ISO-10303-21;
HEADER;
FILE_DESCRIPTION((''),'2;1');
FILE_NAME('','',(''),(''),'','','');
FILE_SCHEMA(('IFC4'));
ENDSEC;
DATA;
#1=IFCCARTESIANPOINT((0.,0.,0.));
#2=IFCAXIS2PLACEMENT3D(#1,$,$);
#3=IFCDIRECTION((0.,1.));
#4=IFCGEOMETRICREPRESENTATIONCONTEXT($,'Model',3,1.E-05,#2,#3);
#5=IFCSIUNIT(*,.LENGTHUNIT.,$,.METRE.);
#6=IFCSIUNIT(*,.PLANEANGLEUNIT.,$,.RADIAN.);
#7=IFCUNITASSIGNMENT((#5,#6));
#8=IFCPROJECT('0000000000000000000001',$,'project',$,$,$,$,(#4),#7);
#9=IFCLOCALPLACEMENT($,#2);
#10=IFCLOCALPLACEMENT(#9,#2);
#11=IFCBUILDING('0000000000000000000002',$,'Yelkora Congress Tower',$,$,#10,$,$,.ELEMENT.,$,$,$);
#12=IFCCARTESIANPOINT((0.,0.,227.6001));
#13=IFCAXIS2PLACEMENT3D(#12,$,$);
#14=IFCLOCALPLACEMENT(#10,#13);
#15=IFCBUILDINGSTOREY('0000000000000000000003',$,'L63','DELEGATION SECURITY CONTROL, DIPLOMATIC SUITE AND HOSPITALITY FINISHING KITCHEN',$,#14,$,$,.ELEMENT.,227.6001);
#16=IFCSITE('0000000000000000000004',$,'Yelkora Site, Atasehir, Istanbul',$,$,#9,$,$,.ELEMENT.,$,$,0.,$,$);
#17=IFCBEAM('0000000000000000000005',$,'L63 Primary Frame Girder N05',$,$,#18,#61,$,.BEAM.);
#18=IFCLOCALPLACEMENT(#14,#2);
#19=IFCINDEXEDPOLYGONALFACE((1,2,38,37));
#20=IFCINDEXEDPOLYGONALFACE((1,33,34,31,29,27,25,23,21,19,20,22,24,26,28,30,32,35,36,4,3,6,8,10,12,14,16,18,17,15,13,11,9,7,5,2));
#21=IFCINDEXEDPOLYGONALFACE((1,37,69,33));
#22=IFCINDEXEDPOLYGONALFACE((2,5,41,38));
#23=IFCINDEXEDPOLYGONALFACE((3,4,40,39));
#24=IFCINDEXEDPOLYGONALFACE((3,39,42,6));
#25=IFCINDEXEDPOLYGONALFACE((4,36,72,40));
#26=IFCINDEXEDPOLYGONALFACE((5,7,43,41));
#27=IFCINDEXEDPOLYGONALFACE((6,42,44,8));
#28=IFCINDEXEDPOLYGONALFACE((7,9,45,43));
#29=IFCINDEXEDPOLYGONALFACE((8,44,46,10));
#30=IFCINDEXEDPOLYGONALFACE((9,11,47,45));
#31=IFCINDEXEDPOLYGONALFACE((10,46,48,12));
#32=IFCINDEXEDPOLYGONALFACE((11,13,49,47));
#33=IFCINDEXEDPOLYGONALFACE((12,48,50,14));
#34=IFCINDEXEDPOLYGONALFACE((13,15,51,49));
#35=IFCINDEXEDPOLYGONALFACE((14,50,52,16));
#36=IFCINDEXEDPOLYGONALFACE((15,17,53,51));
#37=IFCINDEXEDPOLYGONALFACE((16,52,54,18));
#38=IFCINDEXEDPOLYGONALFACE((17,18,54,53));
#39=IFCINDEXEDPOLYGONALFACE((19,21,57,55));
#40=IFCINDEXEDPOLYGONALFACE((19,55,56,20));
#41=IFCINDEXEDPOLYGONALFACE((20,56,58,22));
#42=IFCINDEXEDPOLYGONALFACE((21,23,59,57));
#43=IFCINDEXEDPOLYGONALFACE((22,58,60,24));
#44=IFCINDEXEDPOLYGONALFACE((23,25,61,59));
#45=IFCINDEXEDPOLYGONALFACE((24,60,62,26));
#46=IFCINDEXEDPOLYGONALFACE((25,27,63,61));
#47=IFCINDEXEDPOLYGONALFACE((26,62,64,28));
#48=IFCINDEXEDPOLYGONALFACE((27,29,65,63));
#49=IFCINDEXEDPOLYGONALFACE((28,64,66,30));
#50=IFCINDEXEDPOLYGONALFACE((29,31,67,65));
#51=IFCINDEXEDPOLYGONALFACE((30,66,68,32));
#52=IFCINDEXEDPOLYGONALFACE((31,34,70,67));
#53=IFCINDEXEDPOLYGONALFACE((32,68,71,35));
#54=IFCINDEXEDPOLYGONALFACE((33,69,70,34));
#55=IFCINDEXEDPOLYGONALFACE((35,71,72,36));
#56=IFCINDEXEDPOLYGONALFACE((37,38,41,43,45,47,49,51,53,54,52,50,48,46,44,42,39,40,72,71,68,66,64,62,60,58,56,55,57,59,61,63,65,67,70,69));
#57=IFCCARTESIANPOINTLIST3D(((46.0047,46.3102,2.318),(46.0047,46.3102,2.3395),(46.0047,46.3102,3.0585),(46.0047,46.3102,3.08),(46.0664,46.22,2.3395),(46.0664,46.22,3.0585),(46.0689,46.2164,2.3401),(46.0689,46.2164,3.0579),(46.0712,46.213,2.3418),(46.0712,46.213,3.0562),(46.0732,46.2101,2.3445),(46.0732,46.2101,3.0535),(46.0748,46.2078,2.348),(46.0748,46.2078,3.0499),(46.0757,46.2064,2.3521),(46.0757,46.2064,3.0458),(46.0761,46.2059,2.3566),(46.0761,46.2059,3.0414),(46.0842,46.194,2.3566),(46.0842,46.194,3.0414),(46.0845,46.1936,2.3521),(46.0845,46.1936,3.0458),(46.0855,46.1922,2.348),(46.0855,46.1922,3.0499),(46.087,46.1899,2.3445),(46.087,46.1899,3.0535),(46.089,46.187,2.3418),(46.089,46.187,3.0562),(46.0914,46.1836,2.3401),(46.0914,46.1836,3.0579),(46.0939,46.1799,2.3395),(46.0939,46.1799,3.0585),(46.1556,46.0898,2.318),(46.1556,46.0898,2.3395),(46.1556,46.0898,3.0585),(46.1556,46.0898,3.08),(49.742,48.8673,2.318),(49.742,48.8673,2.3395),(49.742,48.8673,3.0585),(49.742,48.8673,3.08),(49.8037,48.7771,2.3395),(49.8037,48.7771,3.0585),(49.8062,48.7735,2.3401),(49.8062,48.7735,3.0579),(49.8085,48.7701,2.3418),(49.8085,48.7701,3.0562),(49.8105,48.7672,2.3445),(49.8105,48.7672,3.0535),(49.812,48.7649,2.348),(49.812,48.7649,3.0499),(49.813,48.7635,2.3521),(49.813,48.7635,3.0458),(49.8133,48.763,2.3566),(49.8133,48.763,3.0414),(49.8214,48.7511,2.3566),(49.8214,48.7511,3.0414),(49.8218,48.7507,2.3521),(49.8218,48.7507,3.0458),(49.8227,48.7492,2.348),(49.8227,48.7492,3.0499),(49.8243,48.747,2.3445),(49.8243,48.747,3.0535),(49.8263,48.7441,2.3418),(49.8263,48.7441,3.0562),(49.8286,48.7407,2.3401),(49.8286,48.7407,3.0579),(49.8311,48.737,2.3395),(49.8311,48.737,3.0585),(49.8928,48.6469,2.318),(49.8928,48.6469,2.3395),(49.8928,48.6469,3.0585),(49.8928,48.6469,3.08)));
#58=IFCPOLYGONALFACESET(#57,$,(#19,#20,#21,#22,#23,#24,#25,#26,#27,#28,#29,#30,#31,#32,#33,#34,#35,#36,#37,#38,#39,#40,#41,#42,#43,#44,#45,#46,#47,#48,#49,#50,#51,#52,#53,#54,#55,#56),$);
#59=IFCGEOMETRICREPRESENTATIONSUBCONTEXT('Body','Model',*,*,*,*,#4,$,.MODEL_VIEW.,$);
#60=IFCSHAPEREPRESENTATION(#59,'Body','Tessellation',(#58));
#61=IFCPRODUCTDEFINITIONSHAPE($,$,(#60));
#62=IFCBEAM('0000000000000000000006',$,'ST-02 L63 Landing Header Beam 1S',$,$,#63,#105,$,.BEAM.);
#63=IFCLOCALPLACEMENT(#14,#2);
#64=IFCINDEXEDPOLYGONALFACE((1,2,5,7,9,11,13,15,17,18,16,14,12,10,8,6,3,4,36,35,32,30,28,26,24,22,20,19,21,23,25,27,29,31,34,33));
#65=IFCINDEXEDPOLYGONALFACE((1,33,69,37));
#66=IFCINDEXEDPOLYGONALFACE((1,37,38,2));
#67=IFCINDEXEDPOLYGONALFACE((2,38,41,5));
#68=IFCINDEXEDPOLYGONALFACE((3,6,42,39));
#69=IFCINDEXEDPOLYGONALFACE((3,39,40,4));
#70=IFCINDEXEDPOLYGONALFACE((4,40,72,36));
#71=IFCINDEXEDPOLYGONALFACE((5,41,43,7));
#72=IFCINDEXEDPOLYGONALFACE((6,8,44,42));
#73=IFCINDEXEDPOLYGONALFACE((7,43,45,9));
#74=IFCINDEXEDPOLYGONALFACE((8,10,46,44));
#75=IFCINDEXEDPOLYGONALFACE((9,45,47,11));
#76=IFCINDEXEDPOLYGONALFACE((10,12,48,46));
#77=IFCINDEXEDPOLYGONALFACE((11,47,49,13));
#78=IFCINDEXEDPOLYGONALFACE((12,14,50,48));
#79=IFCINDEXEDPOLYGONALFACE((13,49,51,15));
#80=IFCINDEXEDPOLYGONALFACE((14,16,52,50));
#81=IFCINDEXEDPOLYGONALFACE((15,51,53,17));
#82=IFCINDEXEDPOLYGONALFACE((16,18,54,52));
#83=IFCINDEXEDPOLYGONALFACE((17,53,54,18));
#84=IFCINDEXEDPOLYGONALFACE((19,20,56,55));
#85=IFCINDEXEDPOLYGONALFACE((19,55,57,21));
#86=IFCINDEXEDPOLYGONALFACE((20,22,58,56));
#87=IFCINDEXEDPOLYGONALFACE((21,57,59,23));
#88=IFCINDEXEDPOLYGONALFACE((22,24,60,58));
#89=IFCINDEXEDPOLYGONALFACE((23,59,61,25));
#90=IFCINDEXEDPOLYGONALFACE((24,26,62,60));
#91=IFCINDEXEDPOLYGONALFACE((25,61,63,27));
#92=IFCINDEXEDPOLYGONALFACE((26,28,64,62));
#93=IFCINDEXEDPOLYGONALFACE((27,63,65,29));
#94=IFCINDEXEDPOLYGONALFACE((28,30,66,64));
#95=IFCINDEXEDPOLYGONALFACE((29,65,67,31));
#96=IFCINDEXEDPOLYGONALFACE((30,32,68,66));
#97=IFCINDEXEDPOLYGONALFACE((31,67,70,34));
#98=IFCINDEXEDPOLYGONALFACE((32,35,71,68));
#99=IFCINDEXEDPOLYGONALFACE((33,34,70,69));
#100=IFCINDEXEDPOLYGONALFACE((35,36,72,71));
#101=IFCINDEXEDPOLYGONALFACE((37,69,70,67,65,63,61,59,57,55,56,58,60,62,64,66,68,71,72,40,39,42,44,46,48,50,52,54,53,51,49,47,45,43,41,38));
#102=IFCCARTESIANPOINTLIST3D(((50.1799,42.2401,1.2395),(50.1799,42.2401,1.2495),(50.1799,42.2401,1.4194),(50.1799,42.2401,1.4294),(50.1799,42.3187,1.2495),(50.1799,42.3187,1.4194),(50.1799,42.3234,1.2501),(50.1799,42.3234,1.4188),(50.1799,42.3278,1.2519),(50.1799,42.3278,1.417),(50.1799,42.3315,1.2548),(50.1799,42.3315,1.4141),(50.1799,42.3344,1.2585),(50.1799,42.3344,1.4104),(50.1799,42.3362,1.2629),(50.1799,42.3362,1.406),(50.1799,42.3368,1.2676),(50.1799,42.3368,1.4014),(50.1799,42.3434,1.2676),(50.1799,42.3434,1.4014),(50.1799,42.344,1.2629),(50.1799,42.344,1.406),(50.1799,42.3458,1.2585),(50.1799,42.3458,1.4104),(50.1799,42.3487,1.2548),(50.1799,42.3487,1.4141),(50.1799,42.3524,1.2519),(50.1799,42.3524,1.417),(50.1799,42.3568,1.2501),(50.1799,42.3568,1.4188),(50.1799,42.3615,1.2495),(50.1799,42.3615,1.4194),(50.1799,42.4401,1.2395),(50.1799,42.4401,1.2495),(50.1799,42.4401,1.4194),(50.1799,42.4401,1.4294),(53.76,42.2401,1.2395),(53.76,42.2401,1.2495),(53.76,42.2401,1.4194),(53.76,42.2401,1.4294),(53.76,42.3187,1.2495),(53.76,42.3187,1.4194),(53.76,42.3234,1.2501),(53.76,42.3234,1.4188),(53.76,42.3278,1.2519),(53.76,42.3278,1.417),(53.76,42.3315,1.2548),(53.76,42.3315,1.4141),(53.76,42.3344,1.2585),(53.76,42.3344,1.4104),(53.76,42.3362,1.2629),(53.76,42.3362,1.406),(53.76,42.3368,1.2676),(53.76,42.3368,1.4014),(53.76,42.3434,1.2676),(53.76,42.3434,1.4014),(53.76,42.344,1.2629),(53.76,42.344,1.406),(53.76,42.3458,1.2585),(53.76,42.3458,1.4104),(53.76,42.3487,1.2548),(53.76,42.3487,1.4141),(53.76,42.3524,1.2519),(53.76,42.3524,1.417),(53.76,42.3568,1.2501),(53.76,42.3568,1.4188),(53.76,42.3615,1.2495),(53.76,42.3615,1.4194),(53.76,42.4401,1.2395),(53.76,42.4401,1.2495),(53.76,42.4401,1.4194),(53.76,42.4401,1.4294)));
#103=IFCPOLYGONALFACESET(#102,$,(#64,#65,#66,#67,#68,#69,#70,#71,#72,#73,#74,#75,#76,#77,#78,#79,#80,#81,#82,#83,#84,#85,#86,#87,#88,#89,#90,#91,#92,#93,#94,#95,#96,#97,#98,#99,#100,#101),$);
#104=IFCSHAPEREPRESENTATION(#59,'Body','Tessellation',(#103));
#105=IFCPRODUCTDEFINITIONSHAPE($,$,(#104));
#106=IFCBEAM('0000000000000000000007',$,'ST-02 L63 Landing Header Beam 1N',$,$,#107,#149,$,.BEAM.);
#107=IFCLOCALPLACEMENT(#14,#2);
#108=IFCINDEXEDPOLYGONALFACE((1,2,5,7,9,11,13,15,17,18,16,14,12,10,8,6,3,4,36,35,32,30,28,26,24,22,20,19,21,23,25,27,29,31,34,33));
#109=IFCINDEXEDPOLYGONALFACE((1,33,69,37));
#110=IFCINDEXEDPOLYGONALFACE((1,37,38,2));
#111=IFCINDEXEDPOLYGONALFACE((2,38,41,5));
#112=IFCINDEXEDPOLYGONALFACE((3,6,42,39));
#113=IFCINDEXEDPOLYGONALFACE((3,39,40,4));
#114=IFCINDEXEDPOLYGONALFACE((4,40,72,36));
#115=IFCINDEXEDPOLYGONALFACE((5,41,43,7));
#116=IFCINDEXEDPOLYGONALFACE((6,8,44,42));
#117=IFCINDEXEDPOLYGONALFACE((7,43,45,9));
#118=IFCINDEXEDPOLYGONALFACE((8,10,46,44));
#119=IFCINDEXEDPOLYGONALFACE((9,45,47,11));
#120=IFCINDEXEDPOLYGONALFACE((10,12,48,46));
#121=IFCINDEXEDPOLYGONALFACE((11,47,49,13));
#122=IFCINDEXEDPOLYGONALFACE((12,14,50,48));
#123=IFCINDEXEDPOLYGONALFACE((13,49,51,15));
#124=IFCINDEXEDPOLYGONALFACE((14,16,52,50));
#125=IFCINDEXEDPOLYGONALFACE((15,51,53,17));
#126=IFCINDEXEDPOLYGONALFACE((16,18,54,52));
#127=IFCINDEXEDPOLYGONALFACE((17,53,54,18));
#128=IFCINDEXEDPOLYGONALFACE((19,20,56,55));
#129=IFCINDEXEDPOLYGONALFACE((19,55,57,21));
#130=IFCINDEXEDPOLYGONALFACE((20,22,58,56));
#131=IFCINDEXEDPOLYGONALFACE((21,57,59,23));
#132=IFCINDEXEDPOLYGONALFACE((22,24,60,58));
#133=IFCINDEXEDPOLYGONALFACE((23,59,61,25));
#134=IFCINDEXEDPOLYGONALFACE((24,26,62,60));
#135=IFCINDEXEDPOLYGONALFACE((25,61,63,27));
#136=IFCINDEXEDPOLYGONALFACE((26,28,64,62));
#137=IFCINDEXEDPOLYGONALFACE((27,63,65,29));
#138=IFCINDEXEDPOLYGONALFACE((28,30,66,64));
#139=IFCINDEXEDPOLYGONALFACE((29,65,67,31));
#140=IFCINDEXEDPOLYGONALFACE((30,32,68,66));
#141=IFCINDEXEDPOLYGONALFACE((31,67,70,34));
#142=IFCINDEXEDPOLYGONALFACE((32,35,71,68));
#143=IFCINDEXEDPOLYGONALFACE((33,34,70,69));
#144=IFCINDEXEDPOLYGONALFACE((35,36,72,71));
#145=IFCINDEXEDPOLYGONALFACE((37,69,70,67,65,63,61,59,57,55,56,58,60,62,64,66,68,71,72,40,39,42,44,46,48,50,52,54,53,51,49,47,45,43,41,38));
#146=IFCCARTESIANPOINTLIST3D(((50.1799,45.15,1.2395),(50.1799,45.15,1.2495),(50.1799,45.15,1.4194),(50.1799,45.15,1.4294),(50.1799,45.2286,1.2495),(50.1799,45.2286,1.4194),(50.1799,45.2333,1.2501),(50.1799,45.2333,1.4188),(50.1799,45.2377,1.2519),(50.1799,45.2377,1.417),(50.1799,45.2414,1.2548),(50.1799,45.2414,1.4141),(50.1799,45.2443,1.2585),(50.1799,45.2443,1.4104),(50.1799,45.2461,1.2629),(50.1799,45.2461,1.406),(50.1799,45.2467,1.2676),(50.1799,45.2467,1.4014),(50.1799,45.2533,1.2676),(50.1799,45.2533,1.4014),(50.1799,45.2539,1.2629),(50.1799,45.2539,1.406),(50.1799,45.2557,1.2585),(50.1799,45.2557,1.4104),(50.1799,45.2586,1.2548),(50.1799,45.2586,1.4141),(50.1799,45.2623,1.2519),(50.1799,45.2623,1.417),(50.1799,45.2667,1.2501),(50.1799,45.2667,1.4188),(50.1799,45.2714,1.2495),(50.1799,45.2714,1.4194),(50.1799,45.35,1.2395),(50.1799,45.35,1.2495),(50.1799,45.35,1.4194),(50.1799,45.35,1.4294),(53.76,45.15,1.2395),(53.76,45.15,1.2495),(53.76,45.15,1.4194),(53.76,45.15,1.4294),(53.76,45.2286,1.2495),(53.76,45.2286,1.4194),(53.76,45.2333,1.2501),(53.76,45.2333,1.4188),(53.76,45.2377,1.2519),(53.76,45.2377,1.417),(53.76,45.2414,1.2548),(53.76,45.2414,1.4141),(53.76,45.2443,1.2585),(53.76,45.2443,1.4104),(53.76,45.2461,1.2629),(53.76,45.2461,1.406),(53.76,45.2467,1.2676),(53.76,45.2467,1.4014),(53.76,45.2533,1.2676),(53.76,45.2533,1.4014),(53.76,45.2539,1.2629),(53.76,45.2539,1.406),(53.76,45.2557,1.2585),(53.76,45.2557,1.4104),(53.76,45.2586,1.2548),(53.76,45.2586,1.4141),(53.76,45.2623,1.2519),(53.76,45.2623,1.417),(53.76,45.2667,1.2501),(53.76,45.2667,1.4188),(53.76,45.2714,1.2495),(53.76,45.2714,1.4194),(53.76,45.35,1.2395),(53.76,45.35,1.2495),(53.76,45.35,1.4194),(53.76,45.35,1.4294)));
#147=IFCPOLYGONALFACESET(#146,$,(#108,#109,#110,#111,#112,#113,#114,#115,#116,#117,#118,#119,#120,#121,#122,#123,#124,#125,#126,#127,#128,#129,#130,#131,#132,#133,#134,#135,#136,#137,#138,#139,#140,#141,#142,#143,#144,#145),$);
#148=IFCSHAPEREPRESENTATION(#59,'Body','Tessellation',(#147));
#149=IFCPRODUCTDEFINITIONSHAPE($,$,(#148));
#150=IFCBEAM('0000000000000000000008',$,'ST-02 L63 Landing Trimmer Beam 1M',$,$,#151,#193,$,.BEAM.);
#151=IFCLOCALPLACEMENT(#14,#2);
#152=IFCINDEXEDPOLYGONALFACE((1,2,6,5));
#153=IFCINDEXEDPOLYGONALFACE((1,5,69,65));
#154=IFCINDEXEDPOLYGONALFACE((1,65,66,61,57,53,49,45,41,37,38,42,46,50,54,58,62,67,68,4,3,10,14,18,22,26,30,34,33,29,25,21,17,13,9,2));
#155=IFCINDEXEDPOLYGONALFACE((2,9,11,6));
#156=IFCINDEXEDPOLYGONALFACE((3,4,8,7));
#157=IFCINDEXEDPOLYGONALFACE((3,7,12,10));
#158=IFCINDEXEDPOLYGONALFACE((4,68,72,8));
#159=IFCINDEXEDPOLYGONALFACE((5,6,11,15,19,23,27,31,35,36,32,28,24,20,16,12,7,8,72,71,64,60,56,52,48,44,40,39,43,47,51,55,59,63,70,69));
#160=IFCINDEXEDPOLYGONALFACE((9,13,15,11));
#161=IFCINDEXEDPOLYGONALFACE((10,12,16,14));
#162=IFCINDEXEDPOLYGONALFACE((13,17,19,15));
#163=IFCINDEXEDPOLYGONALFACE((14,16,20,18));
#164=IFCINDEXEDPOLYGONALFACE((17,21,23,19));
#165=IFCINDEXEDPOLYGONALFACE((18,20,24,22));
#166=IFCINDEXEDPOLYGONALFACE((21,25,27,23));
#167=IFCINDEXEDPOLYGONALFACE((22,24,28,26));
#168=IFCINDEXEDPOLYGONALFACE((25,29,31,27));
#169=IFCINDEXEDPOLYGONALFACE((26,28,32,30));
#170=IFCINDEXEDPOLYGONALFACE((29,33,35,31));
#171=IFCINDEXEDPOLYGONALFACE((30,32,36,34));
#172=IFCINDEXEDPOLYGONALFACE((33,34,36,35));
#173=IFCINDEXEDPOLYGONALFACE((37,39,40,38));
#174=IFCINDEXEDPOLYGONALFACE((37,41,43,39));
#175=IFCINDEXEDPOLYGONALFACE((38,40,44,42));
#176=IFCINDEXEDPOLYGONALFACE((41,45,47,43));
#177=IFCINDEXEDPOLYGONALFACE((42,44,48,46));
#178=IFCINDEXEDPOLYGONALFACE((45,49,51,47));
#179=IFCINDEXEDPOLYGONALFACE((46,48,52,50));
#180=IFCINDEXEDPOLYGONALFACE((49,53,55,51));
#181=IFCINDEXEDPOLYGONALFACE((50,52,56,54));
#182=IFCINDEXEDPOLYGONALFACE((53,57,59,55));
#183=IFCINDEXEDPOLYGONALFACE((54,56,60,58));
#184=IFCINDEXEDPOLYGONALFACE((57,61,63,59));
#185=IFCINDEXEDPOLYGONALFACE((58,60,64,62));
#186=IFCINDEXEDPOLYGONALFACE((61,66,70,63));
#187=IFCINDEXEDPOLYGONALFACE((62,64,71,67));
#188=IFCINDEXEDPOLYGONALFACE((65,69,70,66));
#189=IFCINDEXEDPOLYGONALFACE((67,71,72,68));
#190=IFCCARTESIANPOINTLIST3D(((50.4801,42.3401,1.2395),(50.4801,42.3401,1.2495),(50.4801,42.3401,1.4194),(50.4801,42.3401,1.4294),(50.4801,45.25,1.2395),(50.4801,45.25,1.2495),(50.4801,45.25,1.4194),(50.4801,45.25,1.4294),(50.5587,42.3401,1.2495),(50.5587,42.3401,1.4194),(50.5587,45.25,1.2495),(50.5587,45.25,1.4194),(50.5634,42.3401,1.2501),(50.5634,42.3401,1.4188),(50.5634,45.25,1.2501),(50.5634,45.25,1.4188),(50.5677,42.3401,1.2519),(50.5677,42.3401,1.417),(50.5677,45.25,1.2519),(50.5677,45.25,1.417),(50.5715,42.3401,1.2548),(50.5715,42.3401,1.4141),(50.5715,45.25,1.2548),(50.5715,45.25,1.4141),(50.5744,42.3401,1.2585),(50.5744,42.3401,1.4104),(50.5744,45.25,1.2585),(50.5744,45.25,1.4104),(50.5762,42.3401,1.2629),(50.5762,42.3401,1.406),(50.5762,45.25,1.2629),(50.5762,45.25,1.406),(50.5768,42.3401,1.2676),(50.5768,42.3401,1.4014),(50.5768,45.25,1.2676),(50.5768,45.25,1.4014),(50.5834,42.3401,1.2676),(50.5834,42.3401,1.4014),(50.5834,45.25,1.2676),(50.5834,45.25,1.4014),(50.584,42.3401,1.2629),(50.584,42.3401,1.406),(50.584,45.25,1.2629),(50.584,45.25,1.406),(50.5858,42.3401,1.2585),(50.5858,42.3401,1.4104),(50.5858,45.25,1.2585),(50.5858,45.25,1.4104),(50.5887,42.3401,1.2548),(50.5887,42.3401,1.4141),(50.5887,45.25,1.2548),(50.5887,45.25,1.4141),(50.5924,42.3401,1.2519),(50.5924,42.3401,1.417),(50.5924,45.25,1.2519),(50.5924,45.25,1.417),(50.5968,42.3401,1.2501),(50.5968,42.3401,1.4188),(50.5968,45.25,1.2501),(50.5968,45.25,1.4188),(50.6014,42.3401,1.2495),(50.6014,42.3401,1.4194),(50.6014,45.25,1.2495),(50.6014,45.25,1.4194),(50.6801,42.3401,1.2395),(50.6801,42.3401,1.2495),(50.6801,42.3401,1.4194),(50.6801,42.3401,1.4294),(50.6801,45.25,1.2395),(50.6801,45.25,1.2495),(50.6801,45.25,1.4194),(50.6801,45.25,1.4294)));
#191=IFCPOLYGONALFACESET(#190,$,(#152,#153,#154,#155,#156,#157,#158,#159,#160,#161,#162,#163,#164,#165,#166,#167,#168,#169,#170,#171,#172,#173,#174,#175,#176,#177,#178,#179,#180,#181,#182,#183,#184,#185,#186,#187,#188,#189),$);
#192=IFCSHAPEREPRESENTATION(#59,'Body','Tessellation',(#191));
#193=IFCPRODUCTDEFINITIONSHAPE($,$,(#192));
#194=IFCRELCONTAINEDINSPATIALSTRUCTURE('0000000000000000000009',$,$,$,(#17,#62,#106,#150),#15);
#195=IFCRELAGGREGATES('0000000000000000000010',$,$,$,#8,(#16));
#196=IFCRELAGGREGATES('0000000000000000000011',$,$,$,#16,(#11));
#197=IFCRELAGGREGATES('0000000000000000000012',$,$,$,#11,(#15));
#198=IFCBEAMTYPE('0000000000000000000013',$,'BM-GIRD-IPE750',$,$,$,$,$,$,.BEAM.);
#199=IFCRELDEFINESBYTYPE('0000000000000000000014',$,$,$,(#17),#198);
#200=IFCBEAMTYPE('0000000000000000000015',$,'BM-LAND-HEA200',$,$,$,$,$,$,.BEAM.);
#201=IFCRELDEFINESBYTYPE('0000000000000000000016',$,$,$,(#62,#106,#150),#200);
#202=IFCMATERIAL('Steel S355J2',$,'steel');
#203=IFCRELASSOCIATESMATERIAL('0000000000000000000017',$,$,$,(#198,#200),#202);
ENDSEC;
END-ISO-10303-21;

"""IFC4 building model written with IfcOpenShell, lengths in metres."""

from ifc_helpers import new_model, si_unit, direction, frame, origin, origin_2d, place, context, subcontext, project, spatial, i_section, extrude, material, material_profile, profile_set, type_object, element, save


model = new_model("IFC4")

# Units and contexts
model_context = context("Model", 3, precision=1e-05, world=origin(), true_north=direction((0.0, 1.0)))
body_context = subcontext(model_context, "Body", "Model", "MODEL_VIEW")
ifc_project = project(units=[si_unit("LENGTHUNIT", "METRE"), si_unit("PLANEANGLEUNIT", "RADIAN")], contexts=[model_context])

# Site, building, storey
site_placement = place(None, origin())
site = spatial("IfcSite", under=ifc_project, at=site_placement, Name="Yelkora Site, Atasehir, Istanbul", CompositionType="ELEMENT", RefElevation=0.0)
building_placement = place(site_placement, origin())
building = spatial("IfcBuilding", under=site, at=building_placement, Name="Yelkora Congress Tower", CompositionType="ELEMENT")
storey_placement = place(building_placement, frame((0.0, 0.0, 227.6001)))
storey = spatial("IfcBuildingStorey", under=building, at=storey_placement, Name="L63", Description="DELEGATION SECURITY CONTROL, DIPLOMATIC SUITE AND HOSPITALITY FINISHING KITCHEN", CompositionType="ELEMENT", Elevation=227.6001)

# Shared definitions
ifc_material_1 = material(Name="Steel S355J2", Category="steel")

# Beams
ifc_material_profile_1 = material_profile(ifc_material_1, i_section(OverallWidth=0.2671, OverallDepth=0.762, WebThickness=0.0144, FlangeThickness=0.0215, FilletRadius=0.0171, at=origin_2d()), Name="IPE 750x173")
ifc_profile_set_1 = profile_set([ifc_material_profile_1], Name="Steel S355J2")
beam_type_1 = type_object("IfcBeamType", Name="BM-GIRD-IPE750", PredefinedType="BEAM", material=ifc_profile_set_1)
beam_1_placement = place(storey_placement, frame((49.8174, 48.7571, 2.699), z_axis=(-0.825305, -0.564688, 0.0), x_axis=(0.564688, -0.825305, 0.0)))
element("IfcBeam", 1, at=beam_1_placement, inside=storey, type_object=beam_type_1, Name="L63 Primary Frame Girder N05", PredefinedType="BEAM", context=body_context, shape_type="SweptSolid", body=[
    extrude(i_section(OverallWidth=0.2671, OverallDepth=0.762, WebThickness=0.0144, FlangeThickness=0.0215, FilletRadius=0.0171, at=origin_2d()), origin(), (0.0, 0.0, 1.0), 4.5283),
])
ifc_material_profile_2 = material_profile(ifc_material_1, i_section(OverallWidth=0.2, OverallDepth=0.1899, WebThickness=0.0066, FlangeThickness=0.01, FilletRadius=0.0181, at=origin_2d()), Name="HEA 200")
ifc_profile_set_2 = profile_set([ifc_material_profile_2], Name="Steel S355J2")
beam_type_2 = type_object("IfcBeamType", Name="BM-LAND-HEA200", PredefinedType="BEAM", material=ifc_profile_set_2)
for number, where, z_axis, x_axis, name in (
    (2, (50.1799, 42.3401, 1.3345), (1.0, 0.0, 0.0), (0.0, 1.0, 0.0), "ST-02 L63 Landing Header Beam 1S"),
    (3, (50.1799, 45.25, 1.3345), (1.0, 0.0, 0.0), (0.0, 1.0, 0.0), "ST-02 L63 Landing Header Beam 1N"),
):
    element("IfcBeam", number, at=place(storey_placement, frame(where, z_axis=z_axis, x_axis=x_axis)), inside=storey, type_object=beam_type_2, Name=name, PredefinedType="BEAM", context=body_context, shape_type="SweptSolid", body=[
        extrude(i_section(OverallWidth=0.2, OverallDepth=0.1899, WebThickness=0.0066, FlangeThickness=0.01, FilletRadius=0.0181, at=origin_2d()), origin(), (0.0, 0.0, 1.0), 3.5801),
    ])
beam_2_placement = place(storey_placement, frame((50.5801, 42.3401, 1.3345), z_axis=(0.0, 1.0, 0.0), x_axis=(-1.0, 0.0, 0.0)))
element("IfcBeam", 4, at=beam_2_placement, inside=storey, type_object=beam_type_2, Name="ST-02 L63 Landing Trimmer Beam 1M", PredefinedType="BEAM", context=body_context, shape_type="SweptSolid", body=[
    extrude(i_section(OverallWidth=0.2, OverallDepth=0.1899, WebThickness=0.0066, FlangeThickness=0.01, FilletRadius=0.0181, at=origin_2d()), origin(), (0.0, 0.0, 1.0), 2.9099),
])

save(model, "model.ifc")
